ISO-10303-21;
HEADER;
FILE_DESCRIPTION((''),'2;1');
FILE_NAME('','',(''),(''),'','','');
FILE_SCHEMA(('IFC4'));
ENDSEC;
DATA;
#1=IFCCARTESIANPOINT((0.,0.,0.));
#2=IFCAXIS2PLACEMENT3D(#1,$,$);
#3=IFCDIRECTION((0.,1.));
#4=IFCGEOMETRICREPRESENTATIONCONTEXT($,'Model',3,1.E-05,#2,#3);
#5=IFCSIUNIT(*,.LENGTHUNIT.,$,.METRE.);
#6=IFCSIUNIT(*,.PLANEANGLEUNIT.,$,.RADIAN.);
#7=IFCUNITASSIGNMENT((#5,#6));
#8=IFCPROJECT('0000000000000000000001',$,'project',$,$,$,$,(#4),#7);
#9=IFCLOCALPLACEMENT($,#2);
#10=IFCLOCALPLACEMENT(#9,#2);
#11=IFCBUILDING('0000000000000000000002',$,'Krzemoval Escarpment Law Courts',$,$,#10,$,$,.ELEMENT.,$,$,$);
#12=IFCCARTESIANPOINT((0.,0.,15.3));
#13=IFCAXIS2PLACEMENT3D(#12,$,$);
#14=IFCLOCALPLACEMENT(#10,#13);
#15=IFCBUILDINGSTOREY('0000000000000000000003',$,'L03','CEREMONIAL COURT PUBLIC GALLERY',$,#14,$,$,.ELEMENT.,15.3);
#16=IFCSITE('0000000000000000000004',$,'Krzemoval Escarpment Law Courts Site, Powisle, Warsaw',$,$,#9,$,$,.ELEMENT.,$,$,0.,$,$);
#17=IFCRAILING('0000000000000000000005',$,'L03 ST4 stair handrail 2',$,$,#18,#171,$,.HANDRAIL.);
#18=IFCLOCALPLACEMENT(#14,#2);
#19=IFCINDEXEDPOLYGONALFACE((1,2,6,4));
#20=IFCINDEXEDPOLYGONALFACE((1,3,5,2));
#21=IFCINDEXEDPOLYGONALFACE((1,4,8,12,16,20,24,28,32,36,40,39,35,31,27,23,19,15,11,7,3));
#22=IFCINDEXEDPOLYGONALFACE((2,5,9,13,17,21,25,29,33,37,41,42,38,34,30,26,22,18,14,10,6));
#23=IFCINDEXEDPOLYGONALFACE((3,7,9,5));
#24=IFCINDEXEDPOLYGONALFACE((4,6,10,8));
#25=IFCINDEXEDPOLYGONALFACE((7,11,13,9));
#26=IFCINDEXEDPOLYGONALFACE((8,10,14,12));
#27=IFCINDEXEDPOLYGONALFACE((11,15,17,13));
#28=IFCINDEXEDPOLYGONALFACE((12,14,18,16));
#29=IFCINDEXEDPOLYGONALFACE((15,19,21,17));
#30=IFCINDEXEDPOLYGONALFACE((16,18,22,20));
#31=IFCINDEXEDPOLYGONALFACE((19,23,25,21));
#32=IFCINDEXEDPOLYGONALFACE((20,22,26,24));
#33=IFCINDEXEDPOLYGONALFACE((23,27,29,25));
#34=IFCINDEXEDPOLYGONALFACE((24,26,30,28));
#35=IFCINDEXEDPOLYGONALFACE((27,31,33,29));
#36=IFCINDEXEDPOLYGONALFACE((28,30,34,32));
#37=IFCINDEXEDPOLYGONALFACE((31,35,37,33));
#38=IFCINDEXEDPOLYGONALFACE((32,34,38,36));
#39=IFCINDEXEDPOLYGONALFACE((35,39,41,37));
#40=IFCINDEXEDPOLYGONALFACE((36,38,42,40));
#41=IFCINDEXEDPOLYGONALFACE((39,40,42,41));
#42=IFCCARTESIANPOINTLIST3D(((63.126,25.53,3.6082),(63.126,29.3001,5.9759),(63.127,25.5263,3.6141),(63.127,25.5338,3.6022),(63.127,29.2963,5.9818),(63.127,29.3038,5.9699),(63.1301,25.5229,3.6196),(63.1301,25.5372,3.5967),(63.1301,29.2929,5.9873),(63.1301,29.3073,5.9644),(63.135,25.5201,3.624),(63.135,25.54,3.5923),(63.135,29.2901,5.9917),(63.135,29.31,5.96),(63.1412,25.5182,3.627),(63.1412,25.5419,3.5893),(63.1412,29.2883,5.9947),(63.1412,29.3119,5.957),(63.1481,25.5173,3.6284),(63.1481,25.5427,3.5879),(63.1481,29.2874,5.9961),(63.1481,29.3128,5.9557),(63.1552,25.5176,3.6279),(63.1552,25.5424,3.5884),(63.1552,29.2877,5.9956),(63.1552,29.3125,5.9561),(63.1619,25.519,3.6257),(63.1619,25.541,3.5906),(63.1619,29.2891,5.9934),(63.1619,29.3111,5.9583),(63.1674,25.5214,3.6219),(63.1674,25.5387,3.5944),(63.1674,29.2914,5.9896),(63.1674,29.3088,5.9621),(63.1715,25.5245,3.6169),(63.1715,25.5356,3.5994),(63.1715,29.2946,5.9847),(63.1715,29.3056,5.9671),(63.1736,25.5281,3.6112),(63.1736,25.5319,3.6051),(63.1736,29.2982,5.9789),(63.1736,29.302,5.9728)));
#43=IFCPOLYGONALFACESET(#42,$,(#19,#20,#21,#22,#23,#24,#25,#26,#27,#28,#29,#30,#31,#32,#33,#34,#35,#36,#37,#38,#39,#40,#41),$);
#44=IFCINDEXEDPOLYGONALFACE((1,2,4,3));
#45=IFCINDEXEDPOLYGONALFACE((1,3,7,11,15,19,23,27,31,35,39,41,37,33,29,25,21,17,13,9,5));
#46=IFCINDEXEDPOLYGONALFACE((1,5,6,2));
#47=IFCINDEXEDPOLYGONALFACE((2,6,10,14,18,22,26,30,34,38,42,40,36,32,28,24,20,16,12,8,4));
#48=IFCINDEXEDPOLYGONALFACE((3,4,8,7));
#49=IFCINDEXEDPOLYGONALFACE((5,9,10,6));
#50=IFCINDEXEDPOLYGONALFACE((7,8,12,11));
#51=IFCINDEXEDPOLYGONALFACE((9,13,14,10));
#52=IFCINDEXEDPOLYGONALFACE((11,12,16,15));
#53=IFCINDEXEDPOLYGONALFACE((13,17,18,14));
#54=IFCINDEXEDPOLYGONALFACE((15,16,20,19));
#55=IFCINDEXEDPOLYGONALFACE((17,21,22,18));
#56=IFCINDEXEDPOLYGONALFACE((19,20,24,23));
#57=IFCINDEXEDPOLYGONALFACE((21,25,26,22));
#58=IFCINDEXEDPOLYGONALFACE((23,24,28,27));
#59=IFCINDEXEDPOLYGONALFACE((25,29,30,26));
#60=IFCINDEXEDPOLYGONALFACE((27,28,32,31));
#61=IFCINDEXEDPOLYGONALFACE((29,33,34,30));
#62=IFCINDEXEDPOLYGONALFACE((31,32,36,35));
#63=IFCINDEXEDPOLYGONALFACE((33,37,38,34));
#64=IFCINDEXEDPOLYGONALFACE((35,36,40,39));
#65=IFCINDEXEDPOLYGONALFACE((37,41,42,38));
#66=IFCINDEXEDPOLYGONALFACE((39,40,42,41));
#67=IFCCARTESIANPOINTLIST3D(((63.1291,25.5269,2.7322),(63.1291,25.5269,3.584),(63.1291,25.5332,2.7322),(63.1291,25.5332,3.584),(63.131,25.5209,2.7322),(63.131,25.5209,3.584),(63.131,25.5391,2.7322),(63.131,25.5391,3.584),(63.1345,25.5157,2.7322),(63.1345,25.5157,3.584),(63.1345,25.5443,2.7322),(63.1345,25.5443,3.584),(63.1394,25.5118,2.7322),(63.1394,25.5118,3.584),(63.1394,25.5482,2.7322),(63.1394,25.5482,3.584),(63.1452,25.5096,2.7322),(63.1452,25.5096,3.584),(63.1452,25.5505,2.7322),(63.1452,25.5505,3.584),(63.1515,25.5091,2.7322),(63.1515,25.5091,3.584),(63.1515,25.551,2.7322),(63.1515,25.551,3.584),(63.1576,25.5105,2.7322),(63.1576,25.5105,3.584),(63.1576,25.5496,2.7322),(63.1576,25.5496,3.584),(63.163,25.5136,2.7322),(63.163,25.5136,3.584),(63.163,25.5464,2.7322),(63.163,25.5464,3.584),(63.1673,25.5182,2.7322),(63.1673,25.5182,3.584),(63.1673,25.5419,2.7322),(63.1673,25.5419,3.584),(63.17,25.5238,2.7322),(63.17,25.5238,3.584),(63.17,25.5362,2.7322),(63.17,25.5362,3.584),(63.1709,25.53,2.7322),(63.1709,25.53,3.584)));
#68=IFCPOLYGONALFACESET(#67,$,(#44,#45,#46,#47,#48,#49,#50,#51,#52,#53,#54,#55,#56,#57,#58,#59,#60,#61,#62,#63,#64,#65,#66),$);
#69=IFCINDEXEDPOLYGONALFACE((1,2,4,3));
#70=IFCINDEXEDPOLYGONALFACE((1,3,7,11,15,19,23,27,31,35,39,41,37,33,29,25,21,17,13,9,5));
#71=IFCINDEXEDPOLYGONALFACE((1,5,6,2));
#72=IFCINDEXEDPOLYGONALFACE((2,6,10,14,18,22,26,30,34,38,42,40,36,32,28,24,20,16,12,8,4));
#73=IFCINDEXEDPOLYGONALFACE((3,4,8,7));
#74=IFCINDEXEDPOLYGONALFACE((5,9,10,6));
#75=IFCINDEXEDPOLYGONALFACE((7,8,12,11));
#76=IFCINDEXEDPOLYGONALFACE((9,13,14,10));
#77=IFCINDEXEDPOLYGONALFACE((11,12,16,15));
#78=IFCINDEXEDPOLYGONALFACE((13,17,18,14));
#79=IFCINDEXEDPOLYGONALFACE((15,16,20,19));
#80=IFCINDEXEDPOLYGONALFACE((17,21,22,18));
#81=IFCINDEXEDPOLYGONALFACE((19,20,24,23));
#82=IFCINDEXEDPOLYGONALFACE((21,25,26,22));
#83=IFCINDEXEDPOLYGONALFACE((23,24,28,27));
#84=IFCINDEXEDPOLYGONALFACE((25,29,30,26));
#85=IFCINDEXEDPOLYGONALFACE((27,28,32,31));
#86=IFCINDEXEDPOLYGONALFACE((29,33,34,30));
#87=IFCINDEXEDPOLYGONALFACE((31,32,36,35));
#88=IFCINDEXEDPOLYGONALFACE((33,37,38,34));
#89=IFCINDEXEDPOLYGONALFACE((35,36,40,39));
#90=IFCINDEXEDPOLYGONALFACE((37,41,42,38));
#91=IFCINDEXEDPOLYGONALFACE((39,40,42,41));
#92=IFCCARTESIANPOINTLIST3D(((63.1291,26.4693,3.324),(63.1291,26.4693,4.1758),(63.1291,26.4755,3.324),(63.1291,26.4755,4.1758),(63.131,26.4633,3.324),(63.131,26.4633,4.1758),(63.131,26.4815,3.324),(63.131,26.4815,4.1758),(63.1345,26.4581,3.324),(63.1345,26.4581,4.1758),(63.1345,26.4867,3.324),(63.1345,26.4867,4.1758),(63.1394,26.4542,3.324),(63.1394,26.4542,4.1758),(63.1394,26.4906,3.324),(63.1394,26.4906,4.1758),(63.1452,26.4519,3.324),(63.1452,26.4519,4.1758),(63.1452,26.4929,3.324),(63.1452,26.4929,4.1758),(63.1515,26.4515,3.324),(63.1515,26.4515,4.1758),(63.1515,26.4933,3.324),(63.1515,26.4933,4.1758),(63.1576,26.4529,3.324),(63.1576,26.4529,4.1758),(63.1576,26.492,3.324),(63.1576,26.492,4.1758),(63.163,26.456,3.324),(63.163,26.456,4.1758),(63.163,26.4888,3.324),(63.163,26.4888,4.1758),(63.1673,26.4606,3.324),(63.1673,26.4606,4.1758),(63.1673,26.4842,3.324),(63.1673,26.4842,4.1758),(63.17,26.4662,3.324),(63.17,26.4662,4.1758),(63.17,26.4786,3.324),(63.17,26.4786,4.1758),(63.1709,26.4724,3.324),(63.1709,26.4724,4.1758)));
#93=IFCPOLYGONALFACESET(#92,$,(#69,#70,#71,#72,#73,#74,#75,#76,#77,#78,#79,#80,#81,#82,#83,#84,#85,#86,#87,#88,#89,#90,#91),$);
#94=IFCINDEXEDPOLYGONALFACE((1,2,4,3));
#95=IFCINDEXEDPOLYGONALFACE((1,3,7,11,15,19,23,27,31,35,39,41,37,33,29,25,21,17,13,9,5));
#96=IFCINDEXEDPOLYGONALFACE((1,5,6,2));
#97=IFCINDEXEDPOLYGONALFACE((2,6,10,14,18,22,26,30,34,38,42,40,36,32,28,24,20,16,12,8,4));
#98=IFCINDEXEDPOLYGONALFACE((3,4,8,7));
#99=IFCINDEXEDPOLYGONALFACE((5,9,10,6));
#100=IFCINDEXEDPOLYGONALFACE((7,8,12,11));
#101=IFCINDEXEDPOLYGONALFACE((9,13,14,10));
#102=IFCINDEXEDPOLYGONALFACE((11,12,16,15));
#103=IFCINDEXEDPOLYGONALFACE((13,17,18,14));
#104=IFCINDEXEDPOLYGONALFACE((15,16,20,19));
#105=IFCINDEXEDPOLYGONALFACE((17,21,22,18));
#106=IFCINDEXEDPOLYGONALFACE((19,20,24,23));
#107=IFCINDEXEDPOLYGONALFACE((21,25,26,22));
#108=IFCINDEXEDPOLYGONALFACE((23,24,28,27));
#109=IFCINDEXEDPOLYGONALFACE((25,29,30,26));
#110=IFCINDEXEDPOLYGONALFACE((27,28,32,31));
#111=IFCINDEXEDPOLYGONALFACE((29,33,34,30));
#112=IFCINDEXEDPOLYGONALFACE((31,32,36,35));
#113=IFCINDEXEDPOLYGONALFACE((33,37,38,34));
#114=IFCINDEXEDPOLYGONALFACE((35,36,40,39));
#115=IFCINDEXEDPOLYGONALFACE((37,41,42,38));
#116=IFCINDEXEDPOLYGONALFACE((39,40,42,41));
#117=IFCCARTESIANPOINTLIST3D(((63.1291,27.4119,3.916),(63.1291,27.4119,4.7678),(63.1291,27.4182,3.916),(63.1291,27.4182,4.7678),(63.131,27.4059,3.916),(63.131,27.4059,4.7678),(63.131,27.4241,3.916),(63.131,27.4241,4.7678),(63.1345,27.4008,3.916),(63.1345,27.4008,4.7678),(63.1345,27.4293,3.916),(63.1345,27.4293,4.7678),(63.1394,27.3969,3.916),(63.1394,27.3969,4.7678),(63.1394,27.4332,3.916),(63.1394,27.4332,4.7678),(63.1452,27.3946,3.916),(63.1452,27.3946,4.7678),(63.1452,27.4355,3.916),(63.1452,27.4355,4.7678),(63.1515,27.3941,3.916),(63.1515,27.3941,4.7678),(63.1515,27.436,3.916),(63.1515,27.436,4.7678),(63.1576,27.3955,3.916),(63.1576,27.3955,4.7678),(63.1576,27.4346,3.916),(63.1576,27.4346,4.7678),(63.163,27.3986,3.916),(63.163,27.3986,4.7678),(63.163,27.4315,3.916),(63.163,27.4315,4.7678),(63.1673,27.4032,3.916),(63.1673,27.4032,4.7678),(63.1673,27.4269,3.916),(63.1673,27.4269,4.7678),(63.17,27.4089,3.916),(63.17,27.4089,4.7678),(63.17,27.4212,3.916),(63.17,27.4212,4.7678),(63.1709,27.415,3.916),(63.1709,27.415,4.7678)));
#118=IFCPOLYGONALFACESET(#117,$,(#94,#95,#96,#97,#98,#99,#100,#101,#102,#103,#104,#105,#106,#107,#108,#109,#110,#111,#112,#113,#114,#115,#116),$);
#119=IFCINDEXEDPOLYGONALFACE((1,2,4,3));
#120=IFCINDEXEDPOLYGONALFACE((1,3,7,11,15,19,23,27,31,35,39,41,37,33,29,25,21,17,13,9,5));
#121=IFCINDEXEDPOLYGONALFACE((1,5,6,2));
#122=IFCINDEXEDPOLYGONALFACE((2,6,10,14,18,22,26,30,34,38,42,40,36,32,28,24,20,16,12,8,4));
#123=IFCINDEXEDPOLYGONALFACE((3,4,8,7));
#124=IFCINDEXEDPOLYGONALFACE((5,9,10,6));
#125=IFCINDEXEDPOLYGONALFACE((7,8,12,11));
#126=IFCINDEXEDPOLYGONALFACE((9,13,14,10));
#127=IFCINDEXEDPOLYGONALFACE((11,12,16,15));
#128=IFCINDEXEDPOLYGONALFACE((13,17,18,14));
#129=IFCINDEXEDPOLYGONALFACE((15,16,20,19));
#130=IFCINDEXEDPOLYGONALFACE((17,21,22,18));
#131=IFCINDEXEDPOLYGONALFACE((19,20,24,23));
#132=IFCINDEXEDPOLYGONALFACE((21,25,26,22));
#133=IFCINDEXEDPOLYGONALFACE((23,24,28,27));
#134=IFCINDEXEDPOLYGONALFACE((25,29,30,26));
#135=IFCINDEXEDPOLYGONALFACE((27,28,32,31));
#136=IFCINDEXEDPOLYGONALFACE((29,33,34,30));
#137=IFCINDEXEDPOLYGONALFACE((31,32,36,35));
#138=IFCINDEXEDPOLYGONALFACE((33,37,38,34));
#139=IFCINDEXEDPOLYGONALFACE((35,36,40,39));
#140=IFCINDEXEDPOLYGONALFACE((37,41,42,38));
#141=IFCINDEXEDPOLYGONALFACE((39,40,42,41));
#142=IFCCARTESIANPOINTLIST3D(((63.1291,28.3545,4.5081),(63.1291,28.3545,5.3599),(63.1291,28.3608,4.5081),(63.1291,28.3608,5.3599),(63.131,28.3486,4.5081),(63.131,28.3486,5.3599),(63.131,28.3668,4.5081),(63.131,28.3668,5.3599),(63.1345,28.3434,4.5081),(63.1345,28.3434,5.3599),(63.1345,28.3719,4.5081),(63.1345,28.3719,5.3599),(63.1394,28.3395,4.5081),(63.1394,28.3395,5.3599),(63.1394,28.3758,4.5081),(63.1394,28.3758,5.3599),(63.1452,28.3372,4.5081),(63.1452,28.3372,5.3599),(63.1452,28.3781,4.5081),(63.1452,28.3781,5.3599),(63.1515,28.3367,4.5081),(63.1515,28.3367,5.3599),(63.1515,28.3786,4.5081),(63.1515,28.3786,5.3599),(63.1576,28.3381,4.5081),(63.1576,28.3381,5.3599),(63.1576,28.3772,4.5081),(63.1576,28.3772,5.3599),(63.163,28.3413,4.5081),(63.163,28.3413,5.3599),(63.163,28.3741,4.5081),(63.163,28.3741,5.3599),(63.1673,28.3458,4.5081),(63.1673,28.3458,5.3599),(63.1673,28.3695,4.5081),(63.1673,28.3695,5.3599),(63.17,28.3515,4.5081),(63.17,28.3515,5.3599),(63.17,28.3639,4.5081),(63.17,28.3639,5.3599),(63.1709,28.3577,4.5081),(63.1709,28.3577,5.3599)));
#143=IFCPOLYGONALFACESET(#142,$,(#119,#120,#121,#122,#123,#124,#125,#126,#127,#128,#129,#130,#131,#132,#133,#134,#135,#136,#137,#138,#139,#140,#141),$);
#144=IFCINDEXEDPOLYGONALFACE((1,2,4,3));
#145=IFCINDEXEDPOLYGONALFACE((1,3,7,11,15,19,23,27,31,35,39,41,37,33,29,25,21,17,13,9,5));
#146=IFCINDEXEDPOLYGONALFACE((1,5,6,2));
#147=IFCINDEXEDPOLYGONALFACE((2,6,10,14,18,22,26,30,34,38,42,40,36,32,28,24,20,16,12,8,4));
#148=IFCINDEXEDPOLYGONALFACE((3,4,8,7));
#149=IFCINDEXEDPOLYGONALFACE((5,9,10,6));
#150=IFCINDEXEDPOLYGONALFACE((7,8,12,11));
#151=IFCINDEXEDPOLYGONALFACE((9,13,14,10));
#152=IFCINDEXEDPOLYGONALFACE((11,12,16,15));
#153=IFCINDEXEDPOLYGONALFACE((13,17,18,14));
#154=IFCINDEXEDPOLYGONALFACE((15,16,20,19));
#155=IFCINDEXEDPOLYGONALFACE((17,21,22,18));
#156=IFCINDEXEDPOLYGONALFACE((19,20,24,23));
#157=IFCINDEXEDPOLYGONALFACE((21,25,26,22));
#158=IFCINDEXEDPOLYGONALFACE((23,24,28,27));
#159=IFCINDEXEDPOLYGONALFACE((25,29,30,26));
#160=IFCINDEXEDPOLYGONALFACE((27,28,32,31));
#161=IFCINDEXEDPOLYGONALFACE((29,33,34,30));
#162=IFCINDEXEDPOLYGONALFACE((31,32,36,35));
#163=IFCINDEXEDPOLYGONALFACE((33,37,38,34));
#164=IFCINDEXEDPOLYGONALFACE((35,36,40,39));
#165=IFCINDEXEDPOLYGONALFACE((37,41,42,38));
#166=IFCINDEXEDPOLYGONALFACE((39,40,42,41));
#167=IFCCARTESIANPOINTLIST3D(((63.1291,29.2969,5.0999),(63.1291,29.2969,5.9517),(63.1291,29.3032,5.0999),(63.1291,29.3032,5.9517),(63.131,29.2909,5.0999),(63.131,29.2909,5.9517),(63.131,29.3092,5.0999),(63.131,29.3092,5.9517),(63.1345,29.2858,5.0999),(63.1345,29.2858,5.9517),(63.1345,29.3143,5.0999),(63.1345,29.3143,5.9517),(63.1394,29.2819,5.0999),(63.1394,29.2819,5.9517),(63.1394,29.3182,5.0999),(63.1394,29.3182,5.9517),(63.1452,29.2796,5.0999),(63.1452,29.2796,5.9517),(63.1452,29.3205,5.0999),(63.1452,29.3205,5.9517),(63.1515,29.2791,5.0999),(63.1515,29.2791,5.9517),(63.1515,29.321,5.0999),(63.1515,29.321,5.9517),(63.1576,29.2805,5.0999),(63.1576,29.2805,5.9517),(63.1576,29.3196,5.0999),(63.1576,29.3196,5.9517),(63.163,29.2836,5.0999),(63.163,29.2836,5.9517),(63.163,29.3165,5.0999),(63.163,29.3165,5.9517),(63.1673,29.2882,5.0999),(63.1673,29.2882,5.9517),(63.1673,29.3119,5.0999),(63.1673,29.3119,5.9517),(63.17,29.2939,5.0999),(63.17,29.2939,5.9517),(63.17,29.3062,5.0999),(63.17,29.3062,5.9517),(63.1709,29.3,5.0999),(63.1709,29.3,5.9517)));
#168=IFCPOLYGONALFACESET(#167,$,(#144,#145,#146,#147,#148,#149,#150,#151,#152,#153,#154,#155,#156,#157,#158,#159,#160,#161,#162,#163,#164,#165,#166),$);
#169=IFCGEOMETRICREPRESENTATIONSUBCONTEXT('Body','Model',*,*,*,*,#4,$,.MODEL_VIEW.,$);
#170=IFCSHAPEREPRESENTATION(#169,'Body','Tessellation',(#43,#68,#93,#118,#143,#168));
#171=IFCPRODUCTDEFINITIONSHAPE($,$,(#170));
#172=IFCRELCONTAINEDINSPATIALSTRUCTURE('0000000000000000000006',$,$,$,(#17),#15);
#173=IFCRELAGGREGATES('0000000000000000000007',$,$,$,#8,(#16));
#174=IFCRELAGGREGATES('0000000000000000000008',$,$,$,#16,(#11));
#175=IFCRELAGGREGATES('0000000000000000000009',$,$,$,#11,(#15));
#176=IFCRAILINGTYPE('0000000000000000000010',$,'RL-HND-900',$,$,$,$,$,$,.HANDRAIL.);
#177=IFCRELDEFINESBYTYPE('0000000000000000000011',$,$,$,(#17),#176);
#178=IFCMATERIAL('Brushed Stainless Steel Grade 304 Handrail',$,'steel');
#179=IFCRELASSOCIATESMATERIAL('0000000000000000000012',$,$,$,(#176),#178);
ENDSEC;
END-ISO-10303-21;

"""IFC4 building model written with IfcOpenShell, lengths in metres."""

from ifc_helpers import new_model, si_unit, direction, frame, origin, origin_2d, place, context, subcontext, project, spatial, circle, extrude, material, type_object, element, save


model = new_model("IFC4")

# Units and contexts
model_context = context("Model", 3, precision=1e-05, world=origin(), true_north=direction((0.0, 1.0)))
body_context = subcontext(model_context, "Body", "Model", "MODEL_VIEW")
ifc_project = project(units=[si_unit("LENGTHUNIT", "METRE"), si_unit("PLANEANGLEUNIT", "RADIAN")], contexts=[model_context])

# Site, building, storey
site_placement = place(None, origin())
site = spatial("IfcSite", under=ifc_project, at=site_placement, Name="Krzemoval Escarpment Law Courts Site, Powisle, Warsaw", CompositionType="ELEMENT", RefElevation=0.0)
building_placement = place(site_placement, origin())
building = spatial("IfcBuilding", under=site, at=building_placement, Name="Krzemoval Escarpment Law Courts", CompositionType="ELEMENT")
storey_placement = place(building_placement, frame((0.0, 0.0, 15.3)))
storey = spatial("IfcBuildingStorey", under=building, at=storey_placement, Name="L03", Description="CEREMONIAL COURT PUBLIC GALLERY", CompositionType="ELEMENT", Elevation=15.3)

# Railing
ifc_material_1 = material(Name="Brushed Stainless Steel Grade 304 Handrail", Category="steel")
railing_type_1 = type_object("IfcRailingType", Name="RL-HND-900", PredefinedType="HANDRAIL", material=ifc_material_1)
railing_1_placement = place(storey_placement, frame((63.1499, 25.53, 2.7322)))
element("IfcRailing", 1, at=railing_1_placement, inside=storey, type_object=railing_type_1, Name="L03 ST4 stair handrail 2", PredefinedType="HANDRAIL", context=body_context, shape_type="SweptSolid", body=[
    extrude(circle(Radius=0.0239, at=origin_2d()), frame((0.0, 0.0, 0.876), z_axis=(0.0, 0.846844, 0.531841), x_axis=(-1.0, 0.0, 0.0)), (0.0, 0.0, 1.0), 4.4519),
    extrude(circle(Radius=0.021, at=origin_2d()), origin(), (0.0, 0.0, 1.0), 0.8518),
    extrude(circle(Radius=0.021, at=origin_2d()), frame((0.0, 0.9424, 0.5918)), (0.0, 0.0, 1.0), 0.8518),
    extrude(circle(Radius=0.021, at=origin_2d()), frame((0.0, 1.885, 1.1838)), (0.0, 0.0, 1.0), 0.8518),
    extrude(circle(Radius=0.021, at=origin_2d()), frame((0.0, 2.8276, 1.7759)), (0.0, 0.0, 1.0), 0.8518),
    extrude(circle(Radius=0.021, at=origin_2d()), frame((0.0, 3.77, 2.3677)), (0.0, 0.0, 1.0), 0.8518),
])

save(model, "model.ifc")
